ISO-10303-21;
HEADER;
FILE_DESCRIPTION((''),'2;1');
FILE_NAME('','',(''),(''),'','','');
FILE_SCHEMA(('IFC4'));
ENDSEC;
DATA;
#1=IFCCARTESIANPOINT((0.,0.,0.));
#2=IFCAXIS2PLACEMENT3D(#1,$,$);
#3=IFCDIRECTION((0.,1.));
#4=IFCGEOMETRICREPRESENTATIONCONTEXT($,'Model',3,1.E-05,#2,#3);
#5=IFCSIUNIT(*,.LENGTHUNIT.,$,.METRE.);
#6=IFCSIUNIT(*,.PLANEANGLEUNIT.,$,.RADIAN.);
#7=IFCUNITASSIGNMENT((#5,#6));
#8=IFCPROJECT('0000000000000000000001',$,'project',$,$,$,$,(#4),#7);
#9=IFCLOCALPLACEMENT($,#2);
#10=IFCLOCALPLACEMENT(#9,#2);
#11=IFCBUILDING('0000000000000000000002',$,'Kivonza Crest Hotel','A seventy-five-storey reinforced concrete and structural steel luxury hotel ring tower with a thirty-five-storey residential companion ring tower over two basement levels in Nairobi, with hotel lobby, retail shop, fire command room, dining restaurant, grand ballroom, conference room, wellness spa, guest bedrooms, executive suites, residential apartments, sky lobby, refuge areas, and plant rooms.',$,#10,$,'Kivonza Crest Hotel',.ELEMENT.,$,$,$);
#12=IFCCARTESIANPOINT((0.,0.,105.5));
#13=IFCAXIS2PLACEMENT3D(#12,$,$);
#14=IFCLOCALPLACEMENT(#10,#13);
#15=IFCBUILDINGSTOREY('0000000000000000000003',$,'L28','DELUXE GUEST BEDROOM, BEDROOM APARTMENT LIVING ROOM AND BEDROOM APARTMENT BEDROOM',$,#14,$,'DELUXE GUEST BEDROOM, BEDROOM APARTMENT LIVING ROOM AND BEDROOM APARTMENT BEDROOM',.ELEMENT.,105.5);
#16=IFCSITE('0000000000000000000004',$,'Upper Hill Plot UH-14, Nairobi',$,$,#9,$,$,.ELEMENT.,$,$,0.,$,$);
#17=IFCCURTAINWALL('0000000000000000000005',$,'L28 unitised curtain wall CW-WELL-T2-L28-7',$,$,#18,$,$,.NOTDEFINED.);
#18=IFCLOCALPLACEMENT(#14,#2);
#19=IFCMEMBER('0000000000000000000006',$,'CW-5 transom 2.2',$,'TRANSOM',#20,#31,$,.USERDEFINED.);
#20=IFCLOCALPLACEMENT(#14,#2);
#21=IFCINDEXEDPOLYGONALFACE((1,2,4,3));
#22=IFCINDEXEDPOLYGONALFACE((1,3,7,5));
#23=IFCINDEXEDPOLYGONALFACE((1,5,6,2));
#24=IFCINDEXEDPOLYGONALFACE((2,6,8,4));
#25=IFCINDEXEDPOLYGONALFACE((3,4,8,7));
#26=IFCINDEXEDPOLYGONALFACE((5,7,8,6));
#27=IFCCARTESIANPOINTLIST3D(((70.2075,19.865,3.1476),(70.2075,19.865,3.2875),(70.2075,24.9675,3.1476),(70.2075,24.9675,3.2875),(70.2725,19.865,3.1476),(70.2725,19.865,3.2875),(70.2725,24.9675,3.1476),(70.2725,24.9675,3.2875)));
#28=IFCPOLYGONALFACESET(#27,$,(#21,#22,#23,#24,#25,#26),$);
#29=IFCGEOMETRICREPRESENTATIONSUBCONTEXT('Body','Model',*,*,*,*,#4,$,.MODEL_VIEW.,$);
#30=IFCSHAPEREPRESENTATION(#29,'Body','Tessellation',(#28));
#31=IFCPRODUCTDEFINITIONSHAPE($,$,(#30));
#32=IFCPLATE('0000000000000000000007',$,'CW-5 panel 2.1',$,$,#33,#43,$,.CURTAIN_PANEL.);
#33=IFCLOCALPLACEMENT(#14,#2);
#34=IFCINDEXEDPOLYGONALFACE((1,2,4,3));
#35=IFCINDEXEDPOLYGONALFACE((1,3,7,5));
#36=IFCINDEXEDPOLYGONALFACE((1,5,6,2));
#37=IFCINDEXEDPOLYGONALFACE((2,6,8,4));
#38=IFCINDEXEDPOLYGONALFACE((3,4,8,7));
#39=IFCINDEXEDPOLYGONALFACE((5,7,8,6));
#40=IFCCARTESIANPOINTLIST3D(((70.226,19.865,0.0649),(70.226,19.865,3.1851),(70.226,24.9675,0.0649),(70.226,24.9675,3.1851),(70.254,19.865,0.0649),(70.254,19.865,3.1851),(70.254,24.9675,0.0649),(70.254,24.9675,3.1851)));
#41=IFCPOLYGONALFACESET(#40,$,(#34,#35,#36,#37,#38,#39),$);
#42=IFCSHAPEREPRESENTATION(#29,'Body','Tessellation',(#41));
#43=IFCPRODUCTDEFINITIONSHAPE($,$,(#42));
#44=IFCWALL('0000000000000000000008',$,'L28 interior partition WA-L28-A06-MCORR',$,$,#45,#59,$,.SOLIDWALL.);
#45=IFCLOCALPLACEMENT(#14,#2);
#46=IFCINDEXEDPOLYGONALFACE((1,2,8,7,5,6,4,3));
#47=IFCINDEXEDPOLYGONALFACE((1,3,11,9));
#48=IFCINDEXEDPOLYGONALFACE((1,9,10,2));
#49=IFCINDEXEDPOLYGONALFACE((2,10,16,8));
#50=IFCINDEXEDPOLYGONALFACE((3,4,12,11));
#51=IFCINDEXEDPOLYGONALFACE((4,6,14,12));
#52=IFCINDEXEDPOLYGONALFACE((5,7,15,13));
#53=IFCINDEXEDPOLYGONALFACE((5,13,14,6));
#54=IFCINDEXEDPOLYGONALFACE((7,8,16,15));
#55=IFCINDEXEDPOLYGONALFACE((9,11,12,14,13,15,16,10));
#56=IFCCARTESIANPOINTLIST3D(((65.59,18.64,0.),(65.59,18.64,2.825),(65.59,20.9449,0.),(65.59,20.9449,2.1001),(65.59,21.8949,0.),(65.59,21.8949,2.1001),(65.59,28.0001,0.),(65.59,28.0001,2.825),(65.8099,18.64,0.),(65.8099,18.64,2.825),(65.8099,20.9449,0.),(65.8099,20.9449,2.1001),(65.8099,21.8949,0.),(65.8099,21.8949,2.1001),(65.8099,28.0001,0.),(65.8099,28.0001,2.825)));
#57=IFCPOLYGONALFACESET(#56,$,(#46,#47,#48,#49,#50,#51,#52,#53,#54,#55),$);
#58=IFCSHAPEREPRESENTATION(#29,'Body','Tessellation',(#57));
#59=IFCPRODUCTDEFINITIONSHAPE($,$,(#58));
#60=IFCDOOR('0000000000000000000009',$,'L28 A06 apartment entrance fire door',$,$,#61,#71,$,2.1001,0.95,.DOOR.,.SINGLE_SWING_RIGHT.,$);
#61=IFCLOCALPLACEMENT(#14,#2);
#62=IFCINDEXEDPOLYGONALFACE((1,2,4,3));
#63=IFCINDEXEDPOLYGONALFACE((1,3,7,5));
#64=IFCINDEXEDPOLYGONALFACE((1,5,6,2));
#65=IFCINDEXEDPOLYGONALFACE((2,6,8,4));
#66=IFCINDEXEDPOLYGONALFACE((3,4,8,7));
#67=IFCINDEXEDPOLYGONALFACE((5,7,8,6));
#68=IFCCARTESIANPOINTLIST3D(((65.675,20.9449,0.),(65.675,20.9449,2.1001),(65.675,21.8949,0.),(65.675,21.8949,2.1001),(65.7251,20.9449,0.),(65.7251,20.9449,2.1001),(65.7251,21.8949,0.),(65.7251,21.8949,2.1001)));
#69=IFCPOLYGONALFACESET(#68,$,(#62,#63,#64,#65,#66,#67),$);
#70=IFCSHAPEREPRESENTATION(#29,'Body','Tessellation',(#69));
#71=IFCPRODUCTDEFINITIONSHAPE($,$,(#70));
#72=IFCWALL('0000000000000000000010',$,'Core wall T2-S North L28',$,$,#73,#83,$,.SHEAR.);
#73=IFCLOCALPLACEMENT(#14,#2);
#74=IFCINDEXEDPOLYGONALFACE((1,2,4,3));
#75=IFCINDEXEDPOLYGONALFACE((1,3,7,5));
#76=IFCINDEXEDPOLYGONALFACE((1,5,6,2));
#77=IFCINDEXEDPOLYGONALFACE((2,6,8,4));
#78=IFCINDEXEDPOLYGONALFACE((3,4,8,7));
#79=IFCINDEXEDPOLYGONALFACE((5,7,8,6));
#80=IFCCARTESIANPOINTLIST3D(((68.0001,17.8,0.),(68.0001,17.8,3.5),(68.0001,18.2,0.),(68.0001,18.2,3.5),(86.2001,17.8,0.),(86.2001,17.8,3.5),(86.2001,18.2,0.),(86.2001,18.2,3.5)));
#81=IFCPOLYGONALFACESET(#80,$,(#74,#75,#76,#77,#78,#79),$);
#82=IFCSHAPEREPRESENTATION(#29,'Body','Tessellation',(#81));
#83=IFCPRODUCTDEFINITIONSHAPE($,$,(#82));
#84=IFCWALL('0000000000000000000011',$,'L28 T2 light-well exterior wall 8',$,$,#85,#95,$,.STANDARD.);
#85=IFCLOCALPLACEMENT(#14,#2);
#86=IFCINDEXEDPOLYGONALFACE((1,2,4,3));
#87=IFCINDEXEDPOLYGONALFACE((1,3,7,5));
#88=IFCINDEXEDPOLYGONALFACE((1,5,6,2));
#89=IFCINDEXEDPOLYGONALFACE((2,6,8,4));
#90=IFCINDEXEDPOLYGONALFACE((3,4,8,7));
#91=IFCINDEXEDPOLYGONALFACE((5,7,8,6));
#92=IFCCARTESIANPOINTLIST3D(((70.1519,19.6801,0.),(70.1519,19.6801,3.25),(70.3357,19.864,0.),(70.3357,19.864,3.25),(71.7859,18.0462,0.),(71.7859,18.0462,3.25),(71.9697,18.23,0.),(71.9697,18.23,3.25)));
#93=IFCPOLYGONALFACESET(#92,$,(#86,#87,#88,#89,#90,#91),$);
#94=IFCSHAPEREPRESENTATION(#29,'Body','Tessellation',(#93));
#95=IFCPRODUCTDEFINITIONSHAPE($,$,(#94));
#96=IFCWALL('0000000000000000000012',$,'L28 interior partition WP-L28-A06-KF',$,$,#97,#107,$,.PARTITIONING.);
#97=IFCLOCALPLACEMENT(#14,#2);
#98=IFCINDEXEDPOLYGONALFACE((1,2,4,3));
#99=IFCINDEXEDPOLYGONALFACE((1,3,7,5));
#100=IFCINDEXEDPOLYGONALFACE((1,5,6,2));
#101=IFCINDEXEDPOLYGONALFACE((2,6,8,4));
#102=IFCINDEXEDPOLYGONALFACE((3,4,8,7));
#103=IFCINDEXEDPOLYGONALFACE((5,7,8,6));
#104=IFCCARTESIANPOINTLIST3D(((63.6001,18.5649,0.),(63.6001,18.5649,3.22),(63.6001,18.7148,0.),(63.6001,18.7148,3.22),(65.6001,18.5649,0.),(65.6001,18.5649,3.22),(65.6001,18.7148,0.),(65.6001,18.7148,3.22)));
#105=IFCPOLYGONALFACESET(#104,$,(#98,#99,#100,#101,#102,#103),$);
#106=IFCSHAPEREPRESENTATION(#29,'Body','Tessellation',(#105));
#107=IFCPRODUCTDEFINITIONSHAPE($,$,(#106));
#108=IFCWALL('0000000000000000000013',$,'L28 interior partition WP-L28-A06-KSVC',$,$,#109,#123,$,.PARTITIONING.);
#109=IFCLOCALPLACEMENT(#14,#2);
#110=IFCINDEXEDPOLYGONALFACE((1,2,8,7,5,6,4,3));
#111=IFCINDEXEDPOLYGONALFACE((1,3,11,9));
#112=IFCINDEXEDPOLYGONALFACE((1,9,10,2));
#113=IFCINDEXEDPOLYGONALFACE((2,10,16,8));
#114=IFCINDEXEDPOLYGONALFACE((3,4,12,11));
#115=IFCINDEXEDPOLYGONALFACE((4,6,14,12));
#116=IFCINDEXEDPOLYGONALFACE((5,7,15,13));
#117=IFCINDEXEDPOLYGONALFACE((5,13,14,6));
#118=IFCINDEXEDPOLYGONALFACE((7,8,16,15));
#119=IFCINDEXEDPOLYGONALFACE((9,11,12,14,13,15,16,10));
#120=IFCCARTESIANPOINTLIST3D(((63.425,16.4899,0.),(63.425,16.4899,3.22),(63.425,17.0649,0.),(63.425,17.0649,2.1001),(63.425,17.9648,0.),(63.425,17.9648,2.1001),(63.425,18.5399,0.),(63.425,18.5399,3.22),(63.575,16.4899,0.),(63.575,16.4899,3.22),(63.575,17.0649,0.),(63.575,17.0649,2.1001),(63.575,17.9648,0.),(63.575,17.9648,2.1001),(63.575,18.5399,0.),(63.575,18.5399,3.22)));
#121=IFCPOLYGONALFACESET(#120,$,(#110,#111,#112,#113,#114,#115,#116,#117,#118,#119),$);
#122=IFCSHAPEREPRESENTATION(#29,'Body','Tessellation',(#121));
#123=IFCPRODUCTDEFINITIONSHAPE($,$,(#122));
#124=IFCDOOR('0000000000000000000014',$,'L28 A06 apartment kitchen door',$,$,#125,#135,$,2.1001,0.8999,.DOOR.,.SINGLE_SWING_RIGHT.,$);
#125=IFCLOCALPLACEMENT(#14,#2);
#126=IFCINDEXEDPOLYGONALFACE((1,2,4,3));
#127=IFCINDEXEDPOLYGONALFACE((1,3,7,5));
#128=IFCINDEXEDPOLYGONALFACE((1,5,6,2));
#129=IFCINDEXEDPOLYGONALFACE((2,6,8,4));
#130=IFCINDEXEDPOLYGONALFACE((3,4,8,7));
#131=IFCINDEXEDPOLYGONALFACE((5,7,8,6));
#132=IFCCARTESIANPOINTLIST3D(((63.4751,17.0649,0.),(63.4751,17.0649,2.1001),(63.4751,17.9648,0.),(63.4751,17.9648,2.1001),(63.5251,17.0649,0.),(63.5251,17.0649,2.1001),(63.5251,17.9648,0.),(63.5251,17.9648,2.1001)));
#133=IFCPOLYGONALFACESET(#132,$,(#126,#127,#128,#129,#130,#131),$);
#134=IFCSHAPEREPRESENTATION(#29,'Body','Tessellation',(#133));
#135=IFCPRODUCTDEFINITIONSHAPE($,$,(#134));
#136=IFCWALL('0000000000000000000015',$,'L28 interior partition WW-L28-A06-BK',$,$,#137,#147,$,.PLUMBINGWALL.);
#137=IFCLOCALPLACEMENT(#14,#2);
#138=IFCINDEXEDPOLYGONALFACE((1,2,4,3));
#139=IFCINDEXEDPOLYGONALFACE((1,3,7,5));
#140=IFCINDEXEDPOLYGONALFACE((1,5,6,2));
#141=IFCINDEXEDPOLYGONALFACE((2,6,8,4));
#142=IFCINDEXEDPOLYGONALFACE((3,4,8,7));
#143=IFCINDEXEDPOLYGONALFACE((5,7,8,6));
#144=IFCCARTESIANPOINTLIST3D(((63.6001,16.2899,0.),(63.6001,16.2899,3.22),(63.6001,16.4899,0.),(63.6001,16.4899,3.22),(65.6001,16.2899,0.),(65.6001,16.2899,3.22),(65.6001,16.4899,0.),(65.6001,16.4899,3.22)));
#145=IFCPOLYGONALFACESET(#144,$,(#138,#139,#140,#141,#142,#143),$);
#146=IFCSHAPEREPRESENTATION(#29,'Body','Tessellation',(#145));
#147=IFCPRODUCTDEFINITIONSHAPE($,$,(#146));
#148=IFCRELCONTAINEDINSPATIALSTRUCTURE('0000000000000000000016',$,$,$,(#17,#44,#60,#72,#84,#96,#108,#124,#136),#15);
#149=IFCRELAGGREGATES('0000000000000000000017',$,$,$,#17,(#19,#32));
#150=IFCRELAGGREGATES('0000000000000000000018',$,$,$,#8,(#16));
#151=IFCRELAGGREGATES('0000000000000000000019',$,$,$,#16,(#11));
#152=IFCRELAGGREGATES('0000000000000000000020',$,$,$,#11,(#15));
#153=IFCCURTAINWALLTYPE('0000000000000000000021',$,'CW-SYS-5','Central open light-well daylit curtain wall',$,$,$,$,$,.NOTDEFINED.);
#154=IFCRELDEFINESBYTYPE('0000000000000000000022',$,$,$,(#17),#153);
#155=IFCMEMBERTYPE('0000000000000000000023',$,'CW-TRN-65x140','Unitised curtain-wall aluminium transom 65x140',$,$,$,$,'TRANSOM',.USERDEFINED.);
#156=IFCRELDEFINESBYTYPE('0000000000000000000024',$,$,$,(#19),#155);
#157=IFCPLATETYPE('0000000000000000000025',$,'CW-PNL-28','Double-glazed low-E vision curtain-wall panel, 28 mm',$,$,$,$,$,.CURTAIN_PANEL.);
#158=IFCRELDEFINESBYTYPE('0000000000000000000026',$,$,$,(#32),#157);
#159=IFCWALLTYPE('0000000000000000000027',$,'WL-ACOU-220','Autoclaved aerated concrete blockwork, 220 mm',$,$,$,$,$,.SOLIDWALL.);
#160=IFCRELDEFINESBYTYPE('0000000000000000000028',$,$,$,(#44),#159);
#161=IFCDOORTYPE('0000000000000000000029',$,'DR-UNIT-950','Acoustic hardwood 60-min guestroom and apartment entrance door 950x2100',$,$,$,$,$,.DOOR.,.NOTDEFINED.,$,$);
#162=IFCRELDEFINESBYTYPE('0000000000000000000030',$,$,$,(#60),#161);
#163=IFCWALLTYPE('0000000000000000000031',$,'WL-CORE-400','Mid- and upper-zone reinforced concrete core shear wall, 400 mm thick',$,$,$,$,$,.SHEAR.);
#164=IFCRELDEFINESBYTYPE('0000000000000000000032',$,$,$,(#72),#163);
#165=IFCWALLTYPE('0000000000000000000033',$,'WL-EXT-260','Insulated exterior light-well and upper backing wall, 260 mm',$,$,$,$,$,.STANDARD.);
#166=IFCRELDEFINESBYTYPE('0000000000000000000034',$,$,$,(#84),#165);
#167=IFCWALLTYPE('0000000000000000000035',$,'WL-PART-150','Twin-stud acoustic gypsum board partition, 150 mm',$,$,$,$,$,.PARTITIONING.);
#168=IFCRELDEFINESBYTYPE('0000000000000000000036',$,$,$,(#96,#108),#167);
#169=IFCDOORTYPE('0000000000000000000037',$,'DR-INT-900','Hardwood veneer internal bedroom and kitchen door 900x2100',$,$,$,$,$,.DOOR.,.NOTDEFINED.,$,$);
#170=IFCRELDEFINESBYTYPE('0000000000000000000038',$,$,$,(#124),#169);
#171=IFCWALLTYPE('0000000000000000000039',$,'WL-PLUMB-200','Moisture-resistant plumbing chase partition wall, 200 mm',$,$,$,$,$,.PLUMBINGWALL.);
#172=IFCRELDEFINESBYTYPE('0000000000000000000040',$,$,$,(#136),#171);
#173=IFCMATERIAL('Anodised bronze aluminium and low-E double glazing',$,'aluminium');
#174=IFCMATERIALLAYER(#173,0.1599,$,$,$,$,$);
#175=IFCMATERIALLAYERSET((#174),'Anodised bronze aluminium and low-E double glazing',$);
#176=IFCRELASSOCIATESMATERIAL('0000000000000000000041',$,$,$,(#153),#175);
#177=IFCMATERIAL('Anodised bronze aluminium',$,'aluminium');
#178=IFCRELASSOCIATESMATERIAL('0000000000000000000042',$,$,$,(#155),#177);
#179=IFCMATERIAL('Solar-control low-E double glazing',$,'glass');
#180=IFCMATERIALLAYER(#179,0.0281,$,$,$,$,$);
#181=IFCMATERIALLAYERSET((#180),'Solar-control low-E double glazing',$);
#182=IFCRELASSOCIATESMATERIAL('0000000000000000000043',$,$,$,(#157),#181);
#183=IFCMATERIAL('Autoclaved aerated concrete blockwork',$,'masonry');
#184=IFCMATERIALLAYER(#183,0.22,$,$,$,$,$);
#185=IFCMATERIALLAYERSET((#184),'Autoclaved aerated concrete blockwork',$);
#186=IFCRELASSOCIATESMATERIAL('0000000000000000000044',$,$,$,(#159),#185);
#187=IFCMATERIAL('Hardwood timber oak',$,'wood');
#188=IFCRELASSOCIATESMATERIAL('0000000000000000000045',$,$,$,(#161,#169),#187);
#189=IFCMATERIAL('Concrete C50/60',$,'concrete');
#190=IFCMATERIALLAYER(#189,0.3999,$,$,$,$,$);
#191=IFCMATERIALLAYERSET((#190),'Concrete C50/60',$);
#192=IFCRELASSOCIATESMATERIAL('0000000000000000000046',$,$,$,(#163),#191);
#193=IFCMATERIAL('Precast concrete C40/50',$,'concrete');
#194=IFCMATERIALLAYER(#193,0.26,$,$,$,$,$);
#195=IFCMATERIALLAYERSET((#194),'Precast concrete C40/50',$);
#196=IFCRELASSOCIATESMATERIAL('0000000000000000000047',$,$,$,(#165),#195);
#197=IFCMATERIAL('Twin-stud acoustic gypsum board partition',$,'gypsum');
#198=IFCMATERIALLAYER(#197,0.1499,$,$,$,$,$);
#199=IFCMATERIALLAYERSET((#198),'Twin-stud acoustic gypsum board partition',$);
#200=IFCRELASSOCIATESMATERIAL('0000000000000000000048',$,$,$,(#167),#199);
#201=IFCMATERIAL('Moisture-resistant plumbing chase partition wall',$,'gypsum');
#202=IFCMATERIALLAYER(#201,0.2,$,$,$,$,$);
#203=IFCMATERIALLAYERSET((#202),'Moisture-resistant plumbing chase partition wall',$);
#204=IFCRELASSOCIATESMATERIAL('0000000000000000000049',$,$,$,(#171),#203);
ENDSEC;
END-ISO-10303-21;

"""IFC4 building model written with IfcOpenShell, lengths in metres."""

from ifc_helpers import new_model, si_unit, direction, frame, frame_2d, origin, origin_2d, place, context, subcontext, project, spatial, rectangle, extrude, material, layer, layer_set, material_profile, profile_set, type_object, element, fill, aggregate, save


model = new_model("IFC4")

# Units and contexts
model_context = context("Model", 3, precision=1e-05, world=origin(), true_north=direction((0.0, 1.0)))
body_context = subcontext(model_context, "Body", "Model", "MODEL_VIEW")
ifc_project = project(units=[si_unit("LENGTHUNIT", "METRE"), si_unit("PLANEANGLEUNIT", "RADIAN")], contexts=[model_context])

# Site, building, storey
site_placement = place(None, origin())
site = spatial("IfcSite", under=ifc_project, at=site_placement, Name="Upper Hill Plot UH-14, Nairobi", CompositionType="ELEMENT", RefElevation=0.0)
building_placement = place(site_placement, origin())
building = spatial("IfcBuilding", under=site, at=building_placement, Name="Kivonza Crest Hotel", Description="A seventy-five-storey reinforced concrete and structural steel luxury hotel ring tower with a thirty-five-storey residential companion ring tower over two basement levels in Nairobi, with hotel lobby, retail shop, fire command room, dining restaurant, grand ballroom, conference room, wellness spa, guest bedrooms, executive suites, residential apartments, sky lobby, refuge areas, and plant rooms.", LongName="Kivonza Crest Hotel", CompositionType="ELEMENT")
storey_placement = place(building_placement, frame((0.0, 0.0, 105.5)))
storey = spatial("IfcBuildingStorey", under=building, at=storey_placement, Name="L28", Description="DELUXE GUEST BEDROOM, BEDROOM APARTMENT LIVING ROOM AND BEDROOM APARTMENT BEDROOM", LongName="DELUXE GUEST BEDROOM, BEDROOM APARTMENT LIVING ROOM AND BEDROOM APARTMENT BEDROOM", CompositionType="ELEMENT", Elevation=105.5)

# Shared definitions
ifc_material_1 = material(Name="Concrete C50/60", Category="concrete")

# Curtain wall, member, plate
ifc_material_2 = material(Name="Anodised bronze aluminium and low-E double glazing", Category="aluminium")
ifc_layer_1 = layer(ifc_material_2, 0.1599)
ifc_layer_set_1 = layer_set([ifc_layer_1], Name="Anodised bronze aluminium and low-E double glazing")
curtain_wall_type = type_object("IfcCurtainWallType", Name="CW-SYS-5", Description="Central open light-well daylit curtain wall", PredefinedType="NOTDEFINED", material=ifc_layer_set_1)
curtain_wall_placement = place(storey_placement, origin())
curtain_wall = element("IfcCurtainWall", 1, at=curtain_wall_placement, inside=storey, type_object=curtain_wall_type, Name="L28 unitised curtain wall CW-WELL-T2-L28-7", PredefinedType="NOTDEFINED")
ifc_material_3 = material(Name="Anodised bronze aluminium", Category="aluminium")
ifc_material_profile_1 = material_profile(ifc_material_3, rectangle(XDim=0.0649, YDim=0.1399, at=origin_2d()), Name="CW-T 65x140")
ifc_profile_set_1 = profile_set([ifc_material_profile_1], Name="Anodised bronze aluminium")
member_type_1 = type_object("IfcMemberType", Name="CW-TRN-65x140", Description="Unitised curtain-wall aluminium transom 65x140", ElementType="TRANSOM", PredefinedType="USERDEFINED", material=ifc_profile_set_1)
member_1_placement = place(storey_placement, frame((70.24, 24.9675, 3.2175), z_axis=(0.0, -1.0, 0.0), x_axis=(1.0, 0.0, 0.0)))
member_1 = element("IfcMember", 2, at=member_1_placement, type_object=member_type_1, Name="CW-5 transom 2.2", ObjectType="TRANSOM", PredefinedType="USERDEFINED", context=body_context, shape_type="SweptSolid", body=[
    extrude(rectangle(XDim=0.0649, YDim=0.1399, at=origin_2d()), origin(), (0.0, 0.0, 1.0), 5.1025),
])
ifc_material_4 = material(Name="Solar-control low-E double glazing", Category="glass")
ifc_layer_2 = layer(ifc_material_4, 0.0281)
ifc_layer_set_2 = layer_set([ifc_layer_2], Name="Solar-control low-E double glazing")
plate_type = type_object("IfcPlateType", Name="CW-PNL-28", Description="Double-glazed low-E vision curtain-wall panel, 28 mm", PredefinedType="CURTAIN_PANEL", material=ifc_layer_set_2)
plate_placement = place(storey_placement, frame((70.24, 22.4163, 0.0649), z_axis=(0.0, 0.0, 1.0), x_axis=(0.0, -1.0, 0.0)))
plate = element("IfcPlate", 3, at=plate_placement, type_object=plate_type, Name="CW-5 panel 2.1", PredefinedType="CURTAIN_PANEL", context=body_context, shape_type="SweptSolid", body=[
    extrude(rectangle(XDim=5.1025, YDim=0.0281, at=origin_2d()), origin(), (0.0, 0.0, 1.0), 3.1201),
])
aggregate(curtain_wall, [member_1, plate])

# Wall, opening, door
ifc_material_5 = material(Name="Autoclaved aerated concrete blockwork", Category="masonry")
ifc_layer_3 = layer(ifc_material_5, 0.22)
ifc_layer_set_3 = layer_set([ifc_layer_3], Name="Autoclaved aerated concrete blockwork")
wall_type_1 = type_object("IfcWallType", Name="WL-ACOU-220", Description="Autoclaved aerated concrete blockwork, 220 mm", PredefinedType="SOLIDWALL", material=ifc_layer_set_3)
wall_1_placement = place(storey_placement, frame((65.7, 18.6399, 0.0), z_axis=(0.0, 0.0, 1.0), x_axis=(0.0, 1.0, 0.0)))
wall_1 = element("IfcWall", 4, at=wall_1_placement, inside=storey, type_object=wall_type_1, Name="L28 interior partition WA-L28-A06-MCORR", PredefinedType="SOLIDWALL", context=body_context, shape_type="SweptSolid", body=[
    extrude(rectangle(XDim=9.3601, YDim=0.22, at=frame_2d((4.6802, 0.0))), origin(), (0.0, 0.0, 1.0), 2.825),
])
opening_1_placement = place(wall_1_placement, frame((2.3049, 0.0, 0.0)))
opening_1 = element("IfcOpeningElement", 5, at=opening_1_placement, cuts=wall_1, PredefinedType="OPENING", context=body_context, shape_type="SweptSolid", body=[
    extrude(rectangle(XDim=0.95, YDim=2.1001, at=frame_2d((0.4751, 1.05))), frame((0.0, 0.1201, 0.0), z_axis=(0.0, -1.0, 0.0), x_axis=(1.0, 0.0, 0.0)), (0.0, 0.0, 1.0), 0.24),
])
ifc_material_6 = material(Name="Hardwood timber oak", Category="wood")
door_type_1 = type_object("IfcDoorType", Name="DR-UNIT-950", Description="Acoustic hardwood 60-min guestroom and apartment entrance door 950x2100", OperationType="NOTDEFINED", PredefinedType="DOOR", material=ifc_material_6)
door_1_placement = place(opening_1_placement, origin())
door_1 = element("IfcDoor", 6, at=door_1_placement, inside=storey, type_object=door_type_1, Name="L28 A06 apartment entrance fire door", OperationType="SINGLE_SWING_RIGHT", OverallHeight=2.1001, OverallWidth=0.95, PredefinedType="DOOR", context=body_context, shape_type="SweptSolid", body=[
    extrude(rectangle(XDim=0.95, YDim=2.1001, at=frame_2d((0.4751, 1.05))), frame((0.0, 0.0249, 0.0), z_axis=(0.0, -1.0, 0.0), x_axis=(1.0, 0.0, 0.0)), (0.0, 0.0, 1.0), 0.05),
])
fill(opening_1, door_1)

# Walls
ifc_layer_4 = layer(ifc_material_1, 0.3999)
ifc_layer_set_4 = layer_set([ifc_layer_4], Name="Concrete C50/60")
wall_type_2 = type_object("IfcWallType", Name="WL-CORE-400", Description="Mid- and upper-zone reinforced concrete core shear wall, 400 mm thick", PredefinedType="SHEAR", material=ifc_layer_set_4)
wall_2_placement = place(storey_placement, frame((68.0, 18.0, 0.0), z_axis=(0.0, 0.0, 1.0), x_axis=(1.0, 0.0, 0.0)))
element("IfcWall", 7, at=wall_2_placement, inside=storey, type_object=wall_type_2, Name="Core wall T2-S North L28", PredefinedType="SHEAR", context=body_context, shape_type="SweptSolid", body=[
    extrude(rectangle(XDim=18.2, YDim=0.3999, at=frame_2d((9.1001, 0.0))), origin(), (0.0, 0.0, 1.0), 3.5),
])
ifc_material_7 = material(Name="Precast concrete C40/50", Category="concrete")
ifc_layer_5 = layer(ifc_material_7, 0.26)
ifc_layer_set_5 = layer_set([ifc_layer_5], Name="Precast concrete C40/50")
wall_type_3 = type_object("IfcWallType", Name="WL-EXT-260", Description="Insulated exterior light-well and upper backing wall, 260 mm", PredefinedType="STANDARD", material=ifc_layer_set_5)
wall_3_placement = place(storey_placement, frame((70.2439, 19.772, 0.0), z_axis=(0.0, 0.0, 1.0), x_axis=(0.707107, -0.707107, 0.0)))
element("IfcWall", 8, at=wall_3_placement, inside=storey, type_object=wall_type_3, Name="L28 T2 light-well exterior wall 8", PredefinedType="STANDARD", context=body_context, shape_type="SweptSolid", body=[
    extrude(rectangle(XDim=2.3108, YDim=0.26, at=frame_2d((1.1553, 0.0))), origin(), (0.0, 0.0, 1.0), 3.25),
])
ifc_material_8 = material(Name="Twin-stud acoustic gypsum board partition", Category="gypsum")
ifc_layer_6 = layer(ifc_material_8, 0.1499)
ifc_layer_set_6 = layer_set([ifc_layer_6], Name="Twin-stud acoustic gypsum board partition")
wall_type_4 = type_object("IfcWallType", Name="WL-PART-150", Description="Twin-stud acoustic gypsum board partition, 150 mm", PredefinedType="PARTITIONING", material=ifc_layer_set_6)
wall_4_placement = place(storey_placement, frame((63.6001, 18.6399, 0.0), z_axis=(0.0, 0.0, 1.0), x_axis=(1.0, 0.0, 0.0)))
element("IfcWall", 9, at=wall_4_placement, inside=storey, type_object=wall_type_4, Name="L28 interior partition WP-L28-A06-KF", PredefinedType="PARTITIONING", context=body_context, shape_type="SweptSolid", body=[
    extrude(rectangle(XDim=2.0, YDim=0.1499, at=frame_2d((1.0, 0.0))), origin(), (0.0, 0.0, 1.0), 3.22),
])

# Wall, opening, door
wall_5_placement = place(storey_placement, frame((63.5, 16.49, 0.0), z_axis=(0.0, 0.0, 1.0), x_axis=(0.0, 1.0, 0.0)))
wall_5 = element("IfcWall", 10, at=wall_5_placement, inside=storey, type_object=wall_type_4, Name="L28 interior partition WP-L28-A06-KSVC", PredefinedType="PARTITIONING", context=body_context, shape_type="SweptSolid", body=[
    extrude(rectangle(XDim=2.05, YDim=0.1499, at=frame_2d((1.0249, 0.0))), origin(), (0.0, 0.0, 1.0), 3.22),
])
opening_2_placement = place(wall_5_placement, frame((0.575, 0.0, 0.0)))
opening_2 = element("IfcOpeningElement", 11, at=opening_2_placement, cuts=wall_5, PredefinedType="OPENING", context=body_context, shape_type="SweptSolid", body=[
    extrude(rectangle(XDim=0.8999, YDim=2.1001, at=frame_2d((0.45, 1.05))), frame((0.0, 0.085, 0.0), z_axis=(0.0, -1.0, 0.0), x_axis=(1.0, 0.0, 0.0)), (0.0, 0.0, 1.0), 0.1699),
])
door_type_2 = type_object("IfcDoorType", Name="DR-INT-900", Description="Hardwood veneer internal bedroom and kitchen door 900x2100", OperationType="NOTDEFINED", PredefinedType="DOOR", material=ifc_material_6)
door_2_placement = place(opening_2_placement, origin())
door_2 = element("IfcDoor", 12, at=door_2_placement, inside=storey, type_object=door_type_2, Name="L28 A06 apartment kitchen door", OperationType="SINGLE_SWING_RIGHT", OverallHeight=2.1001, OverallWidth=0.8999, PredefinedType="DOOR", context=body_context, shape_type="SweptSolid", body=[
    extrude(rectangle(XDim=0.8999, YDim=2.1001, at=frame_2d((0.45, 1.05))), frame((0.0, 0.0249, 0.0), z_axis=(0.0, -1.0, 0.0), x_axis=(1.0, 0.0, 0.0)), (0.0, 0.0, 1.0), 0.05),
])
fill(opening_2, door_2)

# Wall
ifc_material_9 = material(Name="Moisture-resistant plumbing chase partition wall", Category="gypsum")
ifc_layer_7 = layer(ifc_material_9, 0.2)
ifc_layer_set_7 = layer_set([ifc_layer_7], Name="Moisture-resistant plumbing chase partition wall")
wall_type_5 = type_object("IfcWallType", Name="WL-PLUMB-200", Description="Moisture-resistant plumbing chase partition wall, 200 mm", PredefinedType="PLUMBINGWALL", material=ifc_layer_set_7)
wall_6_placement = place(storey_placement, frame((63.6001, 16.3899, 0.0), z_axis=(0.0, 0.0, 1.0), x_axis=(1.0, 0.0, 0.0)))
element("IfcWall", 13, at=wall_6_placement, inside=storey, type_object=wall_type_5, Name="L28 interior partition WW-L28-A06-BK", PredefinedType="PLUMBINGWALL", context=body_context, shape_type="SweptSolid", body=[
    extrude(rectangle(XDim=2.0, YDim=0.2, at=frame_2d((1.0, 0.0))), origin(), (0.0, 0.0, 1.0), 3.22),
])

save(model, "model.ifc")
